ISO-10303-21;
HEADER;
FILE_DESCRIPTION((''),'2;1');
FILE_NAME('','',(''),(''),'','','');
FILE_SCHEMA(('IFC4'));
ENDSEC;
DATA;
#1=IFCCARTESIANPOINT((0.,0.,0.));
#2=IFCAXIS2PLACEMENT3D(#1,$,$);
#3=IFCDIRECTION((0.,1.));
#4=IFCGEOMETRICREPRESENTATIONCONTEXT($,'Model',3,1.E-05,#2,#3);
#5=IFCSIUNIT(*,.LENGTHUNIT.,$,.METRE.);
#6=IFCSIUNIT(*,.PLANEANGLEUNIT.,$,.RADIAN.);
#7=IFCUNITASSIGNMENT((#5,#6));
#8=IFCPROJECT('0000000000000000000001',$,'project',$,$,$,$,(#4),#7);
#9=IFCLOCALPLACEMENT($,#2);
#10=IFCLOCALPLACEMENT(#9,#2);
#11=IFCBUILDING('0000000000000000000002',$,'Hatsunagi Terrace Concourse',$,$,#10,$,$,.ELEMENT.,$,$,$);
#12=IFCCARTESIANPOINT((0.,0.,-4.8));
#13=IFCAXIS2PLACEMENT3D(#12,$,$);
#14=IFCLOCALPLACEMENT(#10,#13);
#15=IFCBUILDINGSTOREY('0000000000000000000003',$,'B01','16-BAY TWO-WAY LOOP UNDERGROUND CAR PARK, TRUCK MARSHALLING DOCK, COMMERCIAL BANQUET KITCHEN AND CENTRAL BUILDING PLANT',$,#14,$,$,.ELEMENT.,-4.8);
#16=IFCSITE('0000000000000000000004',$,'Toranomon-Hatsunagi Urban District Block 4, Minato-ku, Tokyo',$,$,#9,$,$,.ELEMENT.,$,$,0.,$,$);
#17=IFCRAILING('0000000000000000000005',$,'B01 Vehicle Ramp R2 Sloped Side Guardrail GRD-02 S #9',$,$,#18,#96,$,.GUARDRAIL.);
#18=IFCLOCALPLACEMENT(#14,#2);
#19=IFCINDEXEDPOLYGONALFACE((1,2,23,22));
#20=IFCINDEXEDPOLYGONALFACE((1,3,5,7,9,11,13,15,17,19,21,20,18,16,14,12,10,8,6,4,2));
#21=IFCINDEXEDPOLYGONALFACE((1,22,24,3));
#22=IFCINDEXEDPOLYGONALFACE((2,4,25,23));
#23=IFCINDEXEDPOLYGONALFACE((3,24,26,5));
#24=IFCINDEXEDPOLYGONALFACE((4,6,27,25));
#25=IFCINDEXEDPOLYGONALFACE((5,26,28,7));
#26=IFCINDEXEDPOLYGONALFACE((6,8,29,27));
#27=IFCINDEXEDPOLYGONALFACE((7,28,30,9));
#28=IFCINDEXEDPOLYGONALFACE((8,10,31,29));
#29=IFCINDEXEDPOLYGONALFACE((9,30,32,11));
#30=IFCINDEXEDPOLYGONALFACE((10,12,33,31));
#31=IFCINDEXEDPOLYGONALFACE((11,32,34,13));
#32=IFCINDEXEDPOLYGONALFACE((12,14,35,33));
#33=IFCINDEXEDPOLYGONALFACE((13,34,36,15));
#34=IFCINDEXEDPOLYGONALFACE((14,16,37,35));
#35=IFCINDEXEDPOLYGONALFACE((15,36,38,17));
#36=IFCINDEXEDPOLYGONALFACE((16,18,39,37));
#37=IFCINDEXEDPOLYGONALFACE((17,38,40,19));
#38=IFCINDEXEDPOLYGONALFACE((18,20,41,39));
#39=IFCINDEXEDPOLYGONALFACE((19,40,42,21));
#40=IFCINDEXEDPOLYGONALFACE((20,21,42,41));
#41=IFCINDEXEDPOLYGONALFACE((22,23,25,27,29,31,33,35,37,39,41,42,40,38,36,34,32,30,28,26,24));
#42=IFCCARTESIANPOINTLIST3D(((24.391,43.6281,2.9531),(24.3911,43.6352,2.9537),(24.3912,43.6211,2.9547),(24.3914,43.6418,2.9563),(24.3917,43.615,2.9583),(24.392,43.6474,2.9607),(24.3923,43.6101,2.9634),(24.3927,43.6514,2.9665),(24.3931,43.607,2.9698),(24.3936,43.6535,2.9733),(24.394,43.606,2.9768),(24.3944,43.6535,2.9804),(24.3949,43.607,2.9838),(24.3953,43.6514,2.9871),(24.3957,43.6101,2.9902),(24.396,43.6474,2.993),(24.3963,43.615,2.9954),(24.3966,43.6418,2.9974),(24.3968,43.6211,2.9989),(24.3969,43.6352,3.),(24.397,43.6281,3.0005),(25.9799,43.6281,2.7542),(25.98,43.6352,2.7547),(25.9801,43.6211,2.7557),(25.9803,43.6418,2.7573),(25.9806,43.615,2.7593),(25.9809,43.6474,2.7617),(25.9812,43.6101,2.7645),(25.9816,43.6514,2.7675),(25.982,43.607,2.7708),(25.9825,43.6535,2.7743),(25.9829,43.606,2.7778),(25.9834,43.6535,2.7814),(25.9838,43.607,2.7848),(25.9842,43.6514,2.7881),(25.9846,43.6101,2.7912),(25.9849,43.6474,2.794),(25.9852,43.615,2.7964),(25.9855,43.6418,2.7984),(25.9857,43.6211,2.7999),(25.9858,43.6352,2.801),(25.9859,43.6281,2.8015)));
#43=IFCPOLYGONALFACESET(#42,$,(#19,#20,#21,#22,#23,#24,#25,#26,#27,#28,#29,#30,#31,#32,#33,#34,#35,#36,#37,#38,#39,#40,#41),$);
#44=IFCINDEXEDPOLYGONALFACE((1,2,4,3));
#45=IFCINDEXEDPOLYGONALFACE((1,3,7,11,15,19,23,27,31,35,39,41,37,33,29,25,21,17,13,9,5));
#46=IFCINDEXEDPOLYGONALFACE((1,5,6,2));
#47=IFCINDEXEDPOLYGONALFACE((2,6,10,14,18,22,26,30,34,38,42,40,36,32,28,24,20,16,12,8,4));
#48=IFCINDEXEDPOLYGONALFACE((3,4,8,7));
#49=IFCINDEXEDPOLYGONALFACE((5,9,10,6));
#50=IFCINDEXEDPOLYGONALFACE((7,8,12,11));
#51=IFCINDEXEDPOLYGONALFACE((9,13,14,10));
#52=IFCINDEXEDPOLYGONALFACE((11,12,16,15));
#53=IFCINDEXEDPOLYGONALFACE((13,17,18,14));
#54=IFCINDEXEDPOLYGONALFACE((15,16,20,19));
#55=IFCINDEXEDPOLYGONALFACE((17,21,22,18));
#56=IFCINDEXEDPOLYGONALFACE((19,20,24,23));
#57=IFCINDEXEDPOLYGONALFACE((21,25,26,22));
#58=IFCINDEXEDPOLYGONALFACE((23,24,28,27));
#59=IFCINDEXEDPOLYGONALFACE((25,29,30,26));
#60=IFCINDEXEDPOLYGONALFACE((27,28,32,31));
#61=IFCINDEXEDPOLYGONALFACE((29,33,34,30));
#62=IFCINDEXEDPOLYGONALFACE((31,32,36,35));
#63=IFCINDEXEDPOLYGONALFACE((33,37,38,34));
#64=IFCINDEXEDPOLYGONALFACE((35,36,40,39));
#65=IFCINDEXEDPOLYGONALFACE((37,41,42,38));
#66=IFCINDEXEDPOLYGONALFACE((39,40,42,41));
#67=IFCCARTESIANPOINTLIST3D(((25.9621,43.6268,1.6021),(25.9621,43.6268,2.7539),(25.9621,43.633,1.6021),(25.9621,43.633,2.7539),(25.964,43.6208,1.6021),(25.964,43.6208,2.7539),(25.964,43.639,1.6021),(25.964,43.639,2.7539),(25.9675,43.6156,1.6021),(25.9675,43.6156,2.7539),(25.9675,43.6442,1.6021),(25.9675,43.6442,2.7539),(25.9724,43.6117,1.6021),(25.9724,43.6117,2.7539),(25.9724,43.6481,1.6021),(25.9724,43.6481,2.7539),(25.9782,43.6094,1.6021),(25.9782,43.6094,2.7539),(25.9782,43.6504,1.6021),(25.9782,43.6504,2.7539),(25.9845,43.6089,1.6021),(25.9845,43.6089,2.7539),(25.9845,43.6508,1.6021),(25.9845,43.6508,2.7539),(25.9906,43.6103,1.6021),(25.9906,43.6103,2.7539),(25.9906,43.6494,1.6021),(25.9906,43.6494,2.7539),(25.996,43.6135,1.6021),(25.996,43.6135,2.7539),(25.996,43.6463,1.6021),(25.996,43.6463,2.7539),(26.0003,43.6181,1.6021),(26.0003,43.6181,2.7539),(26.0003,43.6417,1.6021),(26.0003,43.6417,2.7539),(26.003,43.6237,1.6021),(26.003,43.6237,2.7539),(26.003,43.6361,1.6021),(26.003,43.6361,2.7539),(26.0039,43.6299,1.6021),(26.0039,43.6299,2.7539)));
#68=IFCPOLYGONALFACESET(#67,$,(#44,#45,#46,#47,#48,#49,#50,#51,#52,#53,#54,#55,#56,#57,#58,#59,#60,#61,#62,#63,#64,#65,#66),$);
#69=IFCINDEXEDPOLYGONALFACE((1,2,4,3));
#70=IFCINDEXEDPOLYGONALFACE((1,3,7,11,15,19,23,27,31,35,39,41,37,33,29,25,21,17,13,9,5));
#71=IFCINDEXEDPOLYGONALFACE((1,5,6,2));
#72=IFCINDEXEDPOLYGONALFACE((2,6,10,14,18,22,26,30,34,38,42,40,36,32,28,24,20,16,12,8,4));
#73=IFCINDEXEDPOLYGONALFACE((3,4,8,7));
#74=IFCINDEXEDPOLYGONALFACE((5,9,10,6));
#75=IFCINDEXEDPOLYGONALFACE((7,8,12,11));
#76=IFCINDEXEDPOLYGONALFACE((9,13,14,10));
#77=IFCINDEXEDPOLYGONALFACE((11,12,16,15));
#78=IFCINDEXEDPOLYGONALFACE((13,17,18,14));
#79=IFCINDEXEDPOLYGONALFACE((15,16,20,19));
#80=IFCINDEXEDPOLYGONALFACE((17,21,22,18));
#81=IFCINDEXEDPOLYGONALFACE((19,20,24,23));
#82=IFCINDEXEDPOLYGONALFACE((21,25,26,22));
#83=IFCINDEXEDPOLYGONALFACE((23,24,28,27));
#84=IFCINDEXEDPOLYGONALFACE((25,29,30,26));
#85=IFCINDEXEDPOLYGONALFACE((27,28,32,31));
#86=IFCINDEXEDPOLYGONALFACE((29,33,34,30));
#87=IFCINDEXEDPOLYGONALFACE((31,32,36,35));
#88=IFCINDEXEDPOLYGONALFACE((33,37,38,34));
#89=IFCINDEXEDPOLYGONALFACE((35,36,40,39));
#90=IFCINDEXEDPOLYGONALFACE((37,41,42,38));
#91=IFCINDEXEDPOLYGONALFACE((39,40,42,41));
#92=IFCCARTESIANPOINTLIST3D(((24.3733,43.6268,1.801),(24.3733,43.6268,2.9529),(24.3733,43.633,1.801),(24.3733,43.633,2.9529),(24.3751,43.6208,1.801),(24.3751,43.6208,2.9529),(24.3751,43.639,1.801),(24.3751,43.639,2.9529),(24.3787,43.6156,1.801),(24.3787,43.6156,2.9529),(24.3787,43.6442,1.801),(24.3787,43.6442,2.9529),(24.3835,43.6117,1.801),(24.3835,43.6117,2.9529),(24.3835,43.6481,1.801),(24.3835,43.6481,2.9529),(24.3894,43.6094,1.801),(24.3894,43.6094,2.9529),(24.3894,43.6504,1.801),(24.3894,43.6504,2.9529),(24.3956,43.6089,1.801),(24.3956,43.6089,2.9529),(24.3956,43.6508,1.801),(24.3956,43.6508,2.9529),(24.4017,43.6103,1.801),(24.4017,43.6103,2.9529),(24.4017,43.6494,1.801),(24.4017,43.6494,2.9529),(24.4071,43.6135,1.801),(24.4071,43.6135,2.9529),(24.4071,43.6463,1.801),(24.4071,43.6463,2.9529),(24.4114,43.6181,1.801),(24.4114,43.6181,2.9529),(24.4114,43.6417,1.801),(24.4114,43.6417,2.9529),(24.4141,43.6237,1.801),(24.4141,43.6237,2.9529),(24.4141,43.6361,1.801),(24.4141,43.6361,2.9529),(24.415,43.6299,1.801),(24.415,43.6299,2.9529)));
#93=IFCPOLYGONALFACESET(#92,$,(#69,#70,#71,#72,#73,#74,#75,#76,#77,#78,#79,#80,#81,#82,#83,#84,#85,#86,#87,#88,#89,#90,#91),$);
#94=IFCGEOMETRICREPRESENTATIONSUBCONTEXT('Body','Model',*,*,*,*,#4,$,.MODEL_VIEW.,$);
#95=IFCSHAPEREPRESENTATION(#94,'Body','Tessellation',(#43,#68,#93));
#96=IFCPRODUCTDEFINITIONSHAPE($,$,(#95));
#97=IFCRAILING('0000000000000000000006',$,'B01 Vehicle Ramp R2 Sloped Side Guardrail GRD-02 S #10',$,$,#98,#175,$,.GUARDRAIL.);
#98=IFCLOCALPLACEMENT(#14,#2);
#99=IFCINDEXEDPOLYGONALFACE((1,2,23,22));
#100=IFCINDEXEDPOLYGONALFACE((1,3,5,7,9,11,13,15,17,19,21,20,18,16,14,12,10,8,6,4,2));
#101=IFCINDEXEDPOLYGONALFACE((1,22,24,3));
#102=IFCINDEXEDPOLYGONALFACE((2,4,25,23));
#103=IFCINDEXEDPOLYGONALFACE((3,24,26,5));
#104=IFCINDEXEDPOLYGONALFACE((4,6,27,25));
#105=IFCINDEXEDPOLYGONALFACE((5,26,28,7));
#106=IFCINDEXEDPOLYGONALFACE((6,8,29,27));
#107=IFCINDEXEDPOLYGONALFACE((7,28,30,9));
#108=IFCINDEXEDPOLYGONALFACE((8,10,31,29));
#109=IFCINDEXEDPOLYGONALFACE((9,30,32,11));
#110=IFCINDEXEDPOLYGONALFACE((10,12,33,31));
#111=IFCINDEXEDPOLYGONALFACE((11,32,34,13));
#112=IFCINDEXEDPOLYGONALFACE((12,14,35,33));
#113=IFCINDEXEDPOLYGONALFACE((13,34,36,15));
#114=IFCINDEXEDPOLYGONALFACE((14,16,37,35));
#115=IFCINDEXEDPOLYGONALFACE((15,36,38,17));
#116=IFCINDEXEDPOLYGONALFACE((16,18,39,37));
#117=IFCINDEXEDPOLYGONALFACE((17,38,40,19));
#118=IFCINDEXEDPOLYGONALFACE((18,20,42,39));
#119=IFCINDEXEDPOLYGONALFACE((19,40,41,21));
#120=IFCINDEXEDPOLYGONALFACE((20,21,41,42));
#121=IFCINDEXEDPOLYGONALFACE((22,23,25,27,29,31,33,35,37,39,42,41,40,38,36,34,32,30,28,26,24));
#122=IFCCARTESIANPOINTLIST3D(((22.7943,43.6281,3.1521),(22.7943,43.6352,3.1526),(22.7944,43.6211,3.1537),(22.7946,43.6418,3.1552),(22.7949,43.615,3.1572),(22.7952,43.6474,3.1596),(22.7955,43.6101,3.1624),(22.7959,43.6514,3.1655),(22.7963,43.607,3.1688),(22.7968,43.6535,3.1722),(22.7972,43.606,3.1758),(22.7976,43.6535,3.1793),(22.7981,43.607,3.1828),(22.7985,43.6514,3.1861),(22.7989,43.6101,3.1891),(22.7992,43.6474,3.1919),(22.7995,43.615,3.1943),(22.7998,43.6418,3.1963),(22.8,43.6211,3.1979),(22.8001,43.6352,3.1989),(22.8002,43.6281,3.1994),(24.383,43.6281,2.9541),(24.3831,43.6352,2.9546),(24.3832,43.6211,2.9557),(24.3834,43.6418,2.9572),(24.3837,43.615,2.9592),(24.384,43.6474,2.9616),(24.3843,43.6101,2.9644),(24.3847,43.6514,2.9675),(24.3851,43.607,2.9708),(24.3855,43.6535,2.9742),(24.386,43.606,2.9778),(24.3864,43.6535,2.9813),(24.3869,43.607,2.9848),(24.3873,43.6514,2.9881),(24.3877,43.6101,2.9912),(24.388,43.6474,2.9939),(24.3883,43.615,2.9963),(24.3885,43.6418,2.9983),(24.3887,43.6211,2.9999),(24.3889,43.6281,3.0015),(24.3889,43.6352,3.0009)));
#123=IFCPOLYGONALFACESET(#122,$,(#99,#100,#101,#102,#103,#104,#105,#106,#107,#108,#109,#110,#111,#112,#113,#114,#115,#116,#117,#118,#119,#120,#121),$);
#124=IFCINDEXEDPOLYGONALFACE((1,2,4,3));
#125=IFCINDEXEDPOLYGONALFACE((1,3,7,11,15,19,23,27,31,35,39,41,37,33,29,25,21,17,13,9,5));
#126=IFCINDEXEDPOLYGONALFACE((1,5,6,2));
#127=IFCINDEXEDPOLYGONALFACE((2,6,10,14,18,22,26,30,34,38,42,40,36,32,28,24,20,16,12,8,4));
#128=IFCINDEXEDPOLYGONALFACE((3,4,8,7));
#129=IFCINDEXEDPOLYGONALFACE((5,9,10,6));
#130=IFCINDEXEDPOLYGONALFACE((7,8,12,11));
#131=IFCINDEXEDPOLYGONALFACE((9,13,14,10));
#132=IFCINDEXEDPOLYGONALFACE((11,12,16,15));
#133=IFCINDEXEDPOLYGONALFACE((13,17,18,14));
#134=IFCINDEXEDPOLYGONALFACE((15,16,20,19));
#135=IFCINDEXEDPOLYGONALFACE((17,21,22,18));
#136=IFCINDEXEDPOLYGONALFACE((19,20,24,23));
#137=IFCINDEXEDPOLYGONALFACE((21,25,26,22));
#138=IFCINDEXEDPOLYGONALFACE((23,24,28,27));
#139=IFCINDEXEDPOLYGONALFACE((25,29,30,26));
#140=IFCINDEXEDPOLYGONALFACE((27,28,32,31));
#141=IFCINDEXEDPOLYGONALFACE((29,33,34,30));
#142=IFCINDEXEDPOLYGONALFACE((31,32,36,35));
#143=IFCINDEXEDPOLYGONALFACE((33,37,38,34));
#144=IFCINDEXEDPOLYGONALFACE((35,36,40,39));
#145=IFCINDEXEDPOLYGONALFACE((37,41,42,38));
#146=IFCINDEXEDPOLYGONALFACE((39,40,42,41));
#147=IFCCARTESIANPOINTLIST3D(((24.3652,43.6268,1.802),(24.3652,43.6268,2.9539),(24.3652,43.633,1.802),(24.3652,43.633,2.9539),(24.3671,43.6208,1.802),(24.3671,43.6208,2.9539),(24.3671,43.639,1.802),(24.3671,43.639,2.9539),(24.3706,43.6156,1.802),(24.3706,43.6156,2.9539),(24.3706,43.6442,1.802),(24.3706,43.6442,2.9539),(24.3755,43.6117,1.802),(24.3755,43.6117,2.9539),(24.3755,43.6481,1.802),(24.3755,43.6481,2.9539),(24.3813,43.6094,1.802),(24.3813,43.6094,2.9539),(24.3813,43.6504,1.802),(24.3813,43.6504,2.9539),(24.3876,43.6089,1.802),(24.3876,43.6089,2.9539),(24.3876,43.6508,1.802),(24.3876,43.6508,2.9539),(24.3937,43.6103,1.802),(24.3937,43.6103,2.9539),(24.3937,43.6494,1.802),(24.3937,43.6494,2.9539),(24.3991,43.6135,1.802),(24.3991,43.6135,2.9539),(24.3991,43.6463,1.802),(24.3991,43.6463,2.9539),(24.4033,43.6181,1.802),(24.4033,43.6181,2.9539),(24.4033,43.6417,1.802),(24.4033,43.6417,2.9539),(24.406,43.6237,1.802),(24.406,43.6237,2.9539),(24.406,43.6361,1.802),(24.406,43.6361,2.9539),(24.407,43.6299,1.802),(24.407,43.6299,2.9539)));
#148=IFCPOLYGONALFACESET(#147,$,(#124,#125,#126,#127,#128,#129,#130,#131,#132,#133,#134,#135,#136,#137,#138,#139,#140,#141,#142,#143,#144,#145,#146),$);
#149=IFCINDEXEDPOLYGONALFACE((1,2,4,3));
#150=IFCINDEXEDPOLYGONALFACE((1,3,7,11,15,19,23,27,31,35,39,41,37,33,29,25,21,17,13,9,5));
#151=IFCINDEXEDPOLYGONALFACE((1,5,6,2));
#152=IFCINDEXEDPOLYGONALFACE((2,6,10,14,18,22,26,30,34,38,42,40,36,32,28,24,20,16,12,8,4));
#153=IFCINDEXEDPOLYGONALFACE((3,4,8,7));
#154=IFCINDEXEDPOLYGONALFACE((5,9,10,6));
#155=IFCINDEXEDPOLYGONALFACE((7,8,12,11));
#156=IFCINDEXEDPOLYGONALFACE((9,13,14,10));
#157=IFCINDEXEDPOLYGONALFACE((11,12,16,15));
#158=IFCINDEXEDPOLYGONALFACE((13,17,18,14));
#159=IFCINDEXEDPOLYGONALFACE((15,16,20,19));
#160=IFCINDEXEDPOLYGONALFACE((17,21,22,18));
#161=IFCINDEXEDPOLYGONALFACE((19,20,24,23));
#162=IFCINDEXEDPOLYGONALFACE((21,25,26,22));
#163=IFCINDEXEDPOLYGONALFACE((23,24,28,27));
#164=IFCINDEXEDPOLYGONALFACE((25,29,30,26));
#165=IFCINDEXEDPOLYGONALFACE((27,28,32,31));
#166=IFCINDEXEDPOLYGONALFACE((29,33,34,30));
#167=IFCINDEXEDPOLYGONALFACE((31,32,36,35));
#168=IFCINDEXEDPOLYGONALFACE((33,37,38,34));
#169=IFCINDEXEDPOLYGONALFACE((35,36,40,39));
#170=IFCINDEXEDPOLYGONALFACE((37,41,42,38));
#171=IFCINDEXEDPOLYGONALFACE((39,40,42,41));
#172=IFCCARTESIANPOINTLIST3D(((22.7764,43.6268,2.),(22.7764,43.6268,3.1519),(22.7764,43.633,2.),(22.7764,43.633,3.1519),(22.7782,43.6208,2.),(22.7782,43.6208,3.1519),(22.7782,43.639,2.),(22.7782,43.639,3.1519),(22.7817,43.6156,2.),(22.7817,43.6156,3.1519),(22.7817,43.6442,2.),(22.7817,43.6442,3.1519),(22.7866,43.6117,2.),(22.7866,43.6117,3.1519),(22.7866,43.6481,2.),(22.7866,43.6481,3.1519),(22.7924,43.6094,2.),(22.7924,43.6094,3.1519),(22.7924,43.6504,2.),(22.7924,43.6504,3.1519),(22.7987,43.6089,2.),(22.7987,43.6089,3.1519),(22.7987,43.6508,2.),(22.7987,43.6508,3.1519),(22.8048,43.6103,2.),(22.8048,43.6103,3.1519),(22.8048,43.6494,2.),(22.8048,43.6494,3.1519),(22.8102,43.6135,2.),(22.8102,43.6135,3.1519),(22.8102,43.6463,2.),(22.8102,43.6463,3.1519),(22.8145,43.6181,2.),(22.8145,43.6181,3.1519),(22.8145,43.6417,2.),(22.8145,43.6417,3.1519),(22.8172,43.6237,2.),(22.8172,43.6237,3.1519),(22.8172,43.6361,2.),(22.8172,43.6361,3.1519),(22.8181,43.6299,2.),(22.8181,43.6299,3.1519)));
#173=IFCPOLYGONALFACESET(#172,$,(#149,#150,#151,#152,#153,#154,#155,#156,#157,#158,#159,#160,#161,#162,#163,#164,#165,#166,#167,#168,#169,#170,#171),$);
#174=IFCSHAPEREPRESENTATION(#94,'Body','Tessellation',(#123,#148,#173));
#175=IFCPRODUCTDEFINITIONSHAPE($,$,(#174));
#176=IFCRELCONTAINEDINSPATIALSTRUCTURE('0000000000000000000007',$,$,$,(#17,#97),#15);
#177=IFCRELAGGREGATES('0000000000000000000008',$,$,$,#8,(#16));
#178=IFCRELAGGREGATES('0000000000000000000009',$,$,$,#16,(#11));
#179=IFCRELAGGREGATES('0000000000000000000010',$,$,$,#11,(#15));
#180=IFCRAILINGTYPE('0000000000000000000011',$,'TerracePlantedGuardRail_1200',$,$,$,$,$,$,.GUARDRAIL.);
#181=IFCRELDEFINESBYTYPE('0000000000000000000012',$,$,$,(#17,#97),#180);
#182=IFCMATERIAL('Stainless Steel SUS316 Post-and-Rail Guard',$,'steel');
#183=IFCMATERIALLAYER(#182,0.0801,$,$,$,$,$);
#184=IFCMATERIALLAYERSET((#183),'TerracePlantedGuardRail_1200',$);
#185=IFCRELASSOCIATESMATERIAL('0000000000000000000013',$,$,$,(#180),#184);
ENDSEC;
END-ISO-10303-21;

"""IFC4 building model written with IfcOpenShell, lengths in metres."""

from ifc_helpers import new_model, si_unit, direction, frame, origin, origin_2d, place, context, subcontext, project, spatial, circle, extrude, material, layer, layer_set, type_object, element, save


model = new_model("IFC4")

# Units and contexts
model_context = context("Model", 3, precision=1e-05, world=origin(), true_north=direction((0.0, 1.0)))
body_context = subcontext(model_context, "Body", "Model", "MODEL_VIEW")
ifc_project = project(units=[si_unit("LENGTHUNIT", "METRE"), si_unit("PLANEANGLEUNIT", "RADIAN")], contexts=[model_context])

# Site, building, storey
site_placement = place(None, origin())
site = spatial("IfcSite", under=ifc_project, at=site_placement, Name="Toranomon-Hatsunagi Urban District Block 4, Minato-ku, Tokyo", CompositionType="ELEMENT", RefElevation=0.0)
building_placement = place(site_placement, origin())
building = spatial("IfcBuilding", under=site, at=building_placement, Name="Hatsunagi Terrace Concourse", CompositionType="ELEMENT")
storey_placement = place(building_placement, frame((0.0, 0.0, -4.8)))
storey = spatial("IfcBuildingStorey", under=building, at=storey_placement, Name="B01", Description="16-BAY TWO-WAY LOOP UNDERGROUND CAR PARK, TRUCK MARSHALLING DOCK, COMMERCIAL BANQUET KITCHEN AND CENTRAL BUILDING PLANT", CompositionType="ELEMENT", Elevation=-4.8)

# Railings
ifc_material_1 = material(Name="Stainless Steel SUS316 Post-and-Rail Guard", Category="steel")
ifc_layer_1 = layer(ifc_material_1, 0.0801)
ifc_layer_set_1 = layer_set([ifc_layer_1], Name="TerracePlantedGuardRail_1200")
railing_type = type_object("IfcRailingType", Name="TerracePlantedGuardRail_1200", PredefinedType="GUARDRAIL", material=ifc_layer_set_1)
railing_1_placement = place(storey_placement, frame((25.9829, 43.6299, 1.6021)))
element("IfcRailing", 1, at=railing_1_placement, inside=storey, type_object=railing_type, Name="B01 Vehicle Ramp R2 Sloped Side Guardrail GRD-02 S #9", PredefinedType="GUARDRAIL", context=body_context, shape_type="SweptSolid", body=[
    extrude(circle(Radius=0.0239, at=origin_2d()), frame((0.0, 0.0, 1.1758), z_axis=(-0.99225, 0.0, 0.12426), x_axis=(0.0, -1.0, 0.0)), (0.0, 0.0, 1.0), 1.6013),
    extrude(circle(Radius=0.021, at=origin_2d()), origin(), (0.0, 0.0, 1.0), 1.1519),
    extrude(circle(Radius=0.021, at=origin_2d()), frame((-1.5889, 0.0, 0.199)), (0.0, 0.0, 1.0), 1.1519),
])
railing_2_placement = place(storey_placement, frame((24.386, 43.6299, 1.802)))
element("IfcRailing", 2, at=railing_2_placement, inside=storey, type_object=railing_type, Name="B01 Vehicle Ramp R2 Sloped Side Guardrail GRD-02 S #10", PredefinedType="GUARDRAIL", context=body_context, shape_type="SweptSolid", body=[
    extrude(circle(Radius=0.0239, at=origin_2d()), frame((0.0, 0.0, 1.1758), z_axis=(-0.992325, 0.0, 0.123659), x_axis=(0.0, -1.0, 0.0)), (0.0, 0.0, 1.0), 1.6011),
    extrude(circle(Radius=0.021, at=origin_2d()), origin(), (0.0, 0.0, 1.0), 1.1519),
    extrude(circle(Radius=0.021, at=origin_2d()), frame((-1.5889, 0.0, 0.198)), (0.0, 0.0, 1.0), 1.1519),
])

save(model, "model.ifc")
